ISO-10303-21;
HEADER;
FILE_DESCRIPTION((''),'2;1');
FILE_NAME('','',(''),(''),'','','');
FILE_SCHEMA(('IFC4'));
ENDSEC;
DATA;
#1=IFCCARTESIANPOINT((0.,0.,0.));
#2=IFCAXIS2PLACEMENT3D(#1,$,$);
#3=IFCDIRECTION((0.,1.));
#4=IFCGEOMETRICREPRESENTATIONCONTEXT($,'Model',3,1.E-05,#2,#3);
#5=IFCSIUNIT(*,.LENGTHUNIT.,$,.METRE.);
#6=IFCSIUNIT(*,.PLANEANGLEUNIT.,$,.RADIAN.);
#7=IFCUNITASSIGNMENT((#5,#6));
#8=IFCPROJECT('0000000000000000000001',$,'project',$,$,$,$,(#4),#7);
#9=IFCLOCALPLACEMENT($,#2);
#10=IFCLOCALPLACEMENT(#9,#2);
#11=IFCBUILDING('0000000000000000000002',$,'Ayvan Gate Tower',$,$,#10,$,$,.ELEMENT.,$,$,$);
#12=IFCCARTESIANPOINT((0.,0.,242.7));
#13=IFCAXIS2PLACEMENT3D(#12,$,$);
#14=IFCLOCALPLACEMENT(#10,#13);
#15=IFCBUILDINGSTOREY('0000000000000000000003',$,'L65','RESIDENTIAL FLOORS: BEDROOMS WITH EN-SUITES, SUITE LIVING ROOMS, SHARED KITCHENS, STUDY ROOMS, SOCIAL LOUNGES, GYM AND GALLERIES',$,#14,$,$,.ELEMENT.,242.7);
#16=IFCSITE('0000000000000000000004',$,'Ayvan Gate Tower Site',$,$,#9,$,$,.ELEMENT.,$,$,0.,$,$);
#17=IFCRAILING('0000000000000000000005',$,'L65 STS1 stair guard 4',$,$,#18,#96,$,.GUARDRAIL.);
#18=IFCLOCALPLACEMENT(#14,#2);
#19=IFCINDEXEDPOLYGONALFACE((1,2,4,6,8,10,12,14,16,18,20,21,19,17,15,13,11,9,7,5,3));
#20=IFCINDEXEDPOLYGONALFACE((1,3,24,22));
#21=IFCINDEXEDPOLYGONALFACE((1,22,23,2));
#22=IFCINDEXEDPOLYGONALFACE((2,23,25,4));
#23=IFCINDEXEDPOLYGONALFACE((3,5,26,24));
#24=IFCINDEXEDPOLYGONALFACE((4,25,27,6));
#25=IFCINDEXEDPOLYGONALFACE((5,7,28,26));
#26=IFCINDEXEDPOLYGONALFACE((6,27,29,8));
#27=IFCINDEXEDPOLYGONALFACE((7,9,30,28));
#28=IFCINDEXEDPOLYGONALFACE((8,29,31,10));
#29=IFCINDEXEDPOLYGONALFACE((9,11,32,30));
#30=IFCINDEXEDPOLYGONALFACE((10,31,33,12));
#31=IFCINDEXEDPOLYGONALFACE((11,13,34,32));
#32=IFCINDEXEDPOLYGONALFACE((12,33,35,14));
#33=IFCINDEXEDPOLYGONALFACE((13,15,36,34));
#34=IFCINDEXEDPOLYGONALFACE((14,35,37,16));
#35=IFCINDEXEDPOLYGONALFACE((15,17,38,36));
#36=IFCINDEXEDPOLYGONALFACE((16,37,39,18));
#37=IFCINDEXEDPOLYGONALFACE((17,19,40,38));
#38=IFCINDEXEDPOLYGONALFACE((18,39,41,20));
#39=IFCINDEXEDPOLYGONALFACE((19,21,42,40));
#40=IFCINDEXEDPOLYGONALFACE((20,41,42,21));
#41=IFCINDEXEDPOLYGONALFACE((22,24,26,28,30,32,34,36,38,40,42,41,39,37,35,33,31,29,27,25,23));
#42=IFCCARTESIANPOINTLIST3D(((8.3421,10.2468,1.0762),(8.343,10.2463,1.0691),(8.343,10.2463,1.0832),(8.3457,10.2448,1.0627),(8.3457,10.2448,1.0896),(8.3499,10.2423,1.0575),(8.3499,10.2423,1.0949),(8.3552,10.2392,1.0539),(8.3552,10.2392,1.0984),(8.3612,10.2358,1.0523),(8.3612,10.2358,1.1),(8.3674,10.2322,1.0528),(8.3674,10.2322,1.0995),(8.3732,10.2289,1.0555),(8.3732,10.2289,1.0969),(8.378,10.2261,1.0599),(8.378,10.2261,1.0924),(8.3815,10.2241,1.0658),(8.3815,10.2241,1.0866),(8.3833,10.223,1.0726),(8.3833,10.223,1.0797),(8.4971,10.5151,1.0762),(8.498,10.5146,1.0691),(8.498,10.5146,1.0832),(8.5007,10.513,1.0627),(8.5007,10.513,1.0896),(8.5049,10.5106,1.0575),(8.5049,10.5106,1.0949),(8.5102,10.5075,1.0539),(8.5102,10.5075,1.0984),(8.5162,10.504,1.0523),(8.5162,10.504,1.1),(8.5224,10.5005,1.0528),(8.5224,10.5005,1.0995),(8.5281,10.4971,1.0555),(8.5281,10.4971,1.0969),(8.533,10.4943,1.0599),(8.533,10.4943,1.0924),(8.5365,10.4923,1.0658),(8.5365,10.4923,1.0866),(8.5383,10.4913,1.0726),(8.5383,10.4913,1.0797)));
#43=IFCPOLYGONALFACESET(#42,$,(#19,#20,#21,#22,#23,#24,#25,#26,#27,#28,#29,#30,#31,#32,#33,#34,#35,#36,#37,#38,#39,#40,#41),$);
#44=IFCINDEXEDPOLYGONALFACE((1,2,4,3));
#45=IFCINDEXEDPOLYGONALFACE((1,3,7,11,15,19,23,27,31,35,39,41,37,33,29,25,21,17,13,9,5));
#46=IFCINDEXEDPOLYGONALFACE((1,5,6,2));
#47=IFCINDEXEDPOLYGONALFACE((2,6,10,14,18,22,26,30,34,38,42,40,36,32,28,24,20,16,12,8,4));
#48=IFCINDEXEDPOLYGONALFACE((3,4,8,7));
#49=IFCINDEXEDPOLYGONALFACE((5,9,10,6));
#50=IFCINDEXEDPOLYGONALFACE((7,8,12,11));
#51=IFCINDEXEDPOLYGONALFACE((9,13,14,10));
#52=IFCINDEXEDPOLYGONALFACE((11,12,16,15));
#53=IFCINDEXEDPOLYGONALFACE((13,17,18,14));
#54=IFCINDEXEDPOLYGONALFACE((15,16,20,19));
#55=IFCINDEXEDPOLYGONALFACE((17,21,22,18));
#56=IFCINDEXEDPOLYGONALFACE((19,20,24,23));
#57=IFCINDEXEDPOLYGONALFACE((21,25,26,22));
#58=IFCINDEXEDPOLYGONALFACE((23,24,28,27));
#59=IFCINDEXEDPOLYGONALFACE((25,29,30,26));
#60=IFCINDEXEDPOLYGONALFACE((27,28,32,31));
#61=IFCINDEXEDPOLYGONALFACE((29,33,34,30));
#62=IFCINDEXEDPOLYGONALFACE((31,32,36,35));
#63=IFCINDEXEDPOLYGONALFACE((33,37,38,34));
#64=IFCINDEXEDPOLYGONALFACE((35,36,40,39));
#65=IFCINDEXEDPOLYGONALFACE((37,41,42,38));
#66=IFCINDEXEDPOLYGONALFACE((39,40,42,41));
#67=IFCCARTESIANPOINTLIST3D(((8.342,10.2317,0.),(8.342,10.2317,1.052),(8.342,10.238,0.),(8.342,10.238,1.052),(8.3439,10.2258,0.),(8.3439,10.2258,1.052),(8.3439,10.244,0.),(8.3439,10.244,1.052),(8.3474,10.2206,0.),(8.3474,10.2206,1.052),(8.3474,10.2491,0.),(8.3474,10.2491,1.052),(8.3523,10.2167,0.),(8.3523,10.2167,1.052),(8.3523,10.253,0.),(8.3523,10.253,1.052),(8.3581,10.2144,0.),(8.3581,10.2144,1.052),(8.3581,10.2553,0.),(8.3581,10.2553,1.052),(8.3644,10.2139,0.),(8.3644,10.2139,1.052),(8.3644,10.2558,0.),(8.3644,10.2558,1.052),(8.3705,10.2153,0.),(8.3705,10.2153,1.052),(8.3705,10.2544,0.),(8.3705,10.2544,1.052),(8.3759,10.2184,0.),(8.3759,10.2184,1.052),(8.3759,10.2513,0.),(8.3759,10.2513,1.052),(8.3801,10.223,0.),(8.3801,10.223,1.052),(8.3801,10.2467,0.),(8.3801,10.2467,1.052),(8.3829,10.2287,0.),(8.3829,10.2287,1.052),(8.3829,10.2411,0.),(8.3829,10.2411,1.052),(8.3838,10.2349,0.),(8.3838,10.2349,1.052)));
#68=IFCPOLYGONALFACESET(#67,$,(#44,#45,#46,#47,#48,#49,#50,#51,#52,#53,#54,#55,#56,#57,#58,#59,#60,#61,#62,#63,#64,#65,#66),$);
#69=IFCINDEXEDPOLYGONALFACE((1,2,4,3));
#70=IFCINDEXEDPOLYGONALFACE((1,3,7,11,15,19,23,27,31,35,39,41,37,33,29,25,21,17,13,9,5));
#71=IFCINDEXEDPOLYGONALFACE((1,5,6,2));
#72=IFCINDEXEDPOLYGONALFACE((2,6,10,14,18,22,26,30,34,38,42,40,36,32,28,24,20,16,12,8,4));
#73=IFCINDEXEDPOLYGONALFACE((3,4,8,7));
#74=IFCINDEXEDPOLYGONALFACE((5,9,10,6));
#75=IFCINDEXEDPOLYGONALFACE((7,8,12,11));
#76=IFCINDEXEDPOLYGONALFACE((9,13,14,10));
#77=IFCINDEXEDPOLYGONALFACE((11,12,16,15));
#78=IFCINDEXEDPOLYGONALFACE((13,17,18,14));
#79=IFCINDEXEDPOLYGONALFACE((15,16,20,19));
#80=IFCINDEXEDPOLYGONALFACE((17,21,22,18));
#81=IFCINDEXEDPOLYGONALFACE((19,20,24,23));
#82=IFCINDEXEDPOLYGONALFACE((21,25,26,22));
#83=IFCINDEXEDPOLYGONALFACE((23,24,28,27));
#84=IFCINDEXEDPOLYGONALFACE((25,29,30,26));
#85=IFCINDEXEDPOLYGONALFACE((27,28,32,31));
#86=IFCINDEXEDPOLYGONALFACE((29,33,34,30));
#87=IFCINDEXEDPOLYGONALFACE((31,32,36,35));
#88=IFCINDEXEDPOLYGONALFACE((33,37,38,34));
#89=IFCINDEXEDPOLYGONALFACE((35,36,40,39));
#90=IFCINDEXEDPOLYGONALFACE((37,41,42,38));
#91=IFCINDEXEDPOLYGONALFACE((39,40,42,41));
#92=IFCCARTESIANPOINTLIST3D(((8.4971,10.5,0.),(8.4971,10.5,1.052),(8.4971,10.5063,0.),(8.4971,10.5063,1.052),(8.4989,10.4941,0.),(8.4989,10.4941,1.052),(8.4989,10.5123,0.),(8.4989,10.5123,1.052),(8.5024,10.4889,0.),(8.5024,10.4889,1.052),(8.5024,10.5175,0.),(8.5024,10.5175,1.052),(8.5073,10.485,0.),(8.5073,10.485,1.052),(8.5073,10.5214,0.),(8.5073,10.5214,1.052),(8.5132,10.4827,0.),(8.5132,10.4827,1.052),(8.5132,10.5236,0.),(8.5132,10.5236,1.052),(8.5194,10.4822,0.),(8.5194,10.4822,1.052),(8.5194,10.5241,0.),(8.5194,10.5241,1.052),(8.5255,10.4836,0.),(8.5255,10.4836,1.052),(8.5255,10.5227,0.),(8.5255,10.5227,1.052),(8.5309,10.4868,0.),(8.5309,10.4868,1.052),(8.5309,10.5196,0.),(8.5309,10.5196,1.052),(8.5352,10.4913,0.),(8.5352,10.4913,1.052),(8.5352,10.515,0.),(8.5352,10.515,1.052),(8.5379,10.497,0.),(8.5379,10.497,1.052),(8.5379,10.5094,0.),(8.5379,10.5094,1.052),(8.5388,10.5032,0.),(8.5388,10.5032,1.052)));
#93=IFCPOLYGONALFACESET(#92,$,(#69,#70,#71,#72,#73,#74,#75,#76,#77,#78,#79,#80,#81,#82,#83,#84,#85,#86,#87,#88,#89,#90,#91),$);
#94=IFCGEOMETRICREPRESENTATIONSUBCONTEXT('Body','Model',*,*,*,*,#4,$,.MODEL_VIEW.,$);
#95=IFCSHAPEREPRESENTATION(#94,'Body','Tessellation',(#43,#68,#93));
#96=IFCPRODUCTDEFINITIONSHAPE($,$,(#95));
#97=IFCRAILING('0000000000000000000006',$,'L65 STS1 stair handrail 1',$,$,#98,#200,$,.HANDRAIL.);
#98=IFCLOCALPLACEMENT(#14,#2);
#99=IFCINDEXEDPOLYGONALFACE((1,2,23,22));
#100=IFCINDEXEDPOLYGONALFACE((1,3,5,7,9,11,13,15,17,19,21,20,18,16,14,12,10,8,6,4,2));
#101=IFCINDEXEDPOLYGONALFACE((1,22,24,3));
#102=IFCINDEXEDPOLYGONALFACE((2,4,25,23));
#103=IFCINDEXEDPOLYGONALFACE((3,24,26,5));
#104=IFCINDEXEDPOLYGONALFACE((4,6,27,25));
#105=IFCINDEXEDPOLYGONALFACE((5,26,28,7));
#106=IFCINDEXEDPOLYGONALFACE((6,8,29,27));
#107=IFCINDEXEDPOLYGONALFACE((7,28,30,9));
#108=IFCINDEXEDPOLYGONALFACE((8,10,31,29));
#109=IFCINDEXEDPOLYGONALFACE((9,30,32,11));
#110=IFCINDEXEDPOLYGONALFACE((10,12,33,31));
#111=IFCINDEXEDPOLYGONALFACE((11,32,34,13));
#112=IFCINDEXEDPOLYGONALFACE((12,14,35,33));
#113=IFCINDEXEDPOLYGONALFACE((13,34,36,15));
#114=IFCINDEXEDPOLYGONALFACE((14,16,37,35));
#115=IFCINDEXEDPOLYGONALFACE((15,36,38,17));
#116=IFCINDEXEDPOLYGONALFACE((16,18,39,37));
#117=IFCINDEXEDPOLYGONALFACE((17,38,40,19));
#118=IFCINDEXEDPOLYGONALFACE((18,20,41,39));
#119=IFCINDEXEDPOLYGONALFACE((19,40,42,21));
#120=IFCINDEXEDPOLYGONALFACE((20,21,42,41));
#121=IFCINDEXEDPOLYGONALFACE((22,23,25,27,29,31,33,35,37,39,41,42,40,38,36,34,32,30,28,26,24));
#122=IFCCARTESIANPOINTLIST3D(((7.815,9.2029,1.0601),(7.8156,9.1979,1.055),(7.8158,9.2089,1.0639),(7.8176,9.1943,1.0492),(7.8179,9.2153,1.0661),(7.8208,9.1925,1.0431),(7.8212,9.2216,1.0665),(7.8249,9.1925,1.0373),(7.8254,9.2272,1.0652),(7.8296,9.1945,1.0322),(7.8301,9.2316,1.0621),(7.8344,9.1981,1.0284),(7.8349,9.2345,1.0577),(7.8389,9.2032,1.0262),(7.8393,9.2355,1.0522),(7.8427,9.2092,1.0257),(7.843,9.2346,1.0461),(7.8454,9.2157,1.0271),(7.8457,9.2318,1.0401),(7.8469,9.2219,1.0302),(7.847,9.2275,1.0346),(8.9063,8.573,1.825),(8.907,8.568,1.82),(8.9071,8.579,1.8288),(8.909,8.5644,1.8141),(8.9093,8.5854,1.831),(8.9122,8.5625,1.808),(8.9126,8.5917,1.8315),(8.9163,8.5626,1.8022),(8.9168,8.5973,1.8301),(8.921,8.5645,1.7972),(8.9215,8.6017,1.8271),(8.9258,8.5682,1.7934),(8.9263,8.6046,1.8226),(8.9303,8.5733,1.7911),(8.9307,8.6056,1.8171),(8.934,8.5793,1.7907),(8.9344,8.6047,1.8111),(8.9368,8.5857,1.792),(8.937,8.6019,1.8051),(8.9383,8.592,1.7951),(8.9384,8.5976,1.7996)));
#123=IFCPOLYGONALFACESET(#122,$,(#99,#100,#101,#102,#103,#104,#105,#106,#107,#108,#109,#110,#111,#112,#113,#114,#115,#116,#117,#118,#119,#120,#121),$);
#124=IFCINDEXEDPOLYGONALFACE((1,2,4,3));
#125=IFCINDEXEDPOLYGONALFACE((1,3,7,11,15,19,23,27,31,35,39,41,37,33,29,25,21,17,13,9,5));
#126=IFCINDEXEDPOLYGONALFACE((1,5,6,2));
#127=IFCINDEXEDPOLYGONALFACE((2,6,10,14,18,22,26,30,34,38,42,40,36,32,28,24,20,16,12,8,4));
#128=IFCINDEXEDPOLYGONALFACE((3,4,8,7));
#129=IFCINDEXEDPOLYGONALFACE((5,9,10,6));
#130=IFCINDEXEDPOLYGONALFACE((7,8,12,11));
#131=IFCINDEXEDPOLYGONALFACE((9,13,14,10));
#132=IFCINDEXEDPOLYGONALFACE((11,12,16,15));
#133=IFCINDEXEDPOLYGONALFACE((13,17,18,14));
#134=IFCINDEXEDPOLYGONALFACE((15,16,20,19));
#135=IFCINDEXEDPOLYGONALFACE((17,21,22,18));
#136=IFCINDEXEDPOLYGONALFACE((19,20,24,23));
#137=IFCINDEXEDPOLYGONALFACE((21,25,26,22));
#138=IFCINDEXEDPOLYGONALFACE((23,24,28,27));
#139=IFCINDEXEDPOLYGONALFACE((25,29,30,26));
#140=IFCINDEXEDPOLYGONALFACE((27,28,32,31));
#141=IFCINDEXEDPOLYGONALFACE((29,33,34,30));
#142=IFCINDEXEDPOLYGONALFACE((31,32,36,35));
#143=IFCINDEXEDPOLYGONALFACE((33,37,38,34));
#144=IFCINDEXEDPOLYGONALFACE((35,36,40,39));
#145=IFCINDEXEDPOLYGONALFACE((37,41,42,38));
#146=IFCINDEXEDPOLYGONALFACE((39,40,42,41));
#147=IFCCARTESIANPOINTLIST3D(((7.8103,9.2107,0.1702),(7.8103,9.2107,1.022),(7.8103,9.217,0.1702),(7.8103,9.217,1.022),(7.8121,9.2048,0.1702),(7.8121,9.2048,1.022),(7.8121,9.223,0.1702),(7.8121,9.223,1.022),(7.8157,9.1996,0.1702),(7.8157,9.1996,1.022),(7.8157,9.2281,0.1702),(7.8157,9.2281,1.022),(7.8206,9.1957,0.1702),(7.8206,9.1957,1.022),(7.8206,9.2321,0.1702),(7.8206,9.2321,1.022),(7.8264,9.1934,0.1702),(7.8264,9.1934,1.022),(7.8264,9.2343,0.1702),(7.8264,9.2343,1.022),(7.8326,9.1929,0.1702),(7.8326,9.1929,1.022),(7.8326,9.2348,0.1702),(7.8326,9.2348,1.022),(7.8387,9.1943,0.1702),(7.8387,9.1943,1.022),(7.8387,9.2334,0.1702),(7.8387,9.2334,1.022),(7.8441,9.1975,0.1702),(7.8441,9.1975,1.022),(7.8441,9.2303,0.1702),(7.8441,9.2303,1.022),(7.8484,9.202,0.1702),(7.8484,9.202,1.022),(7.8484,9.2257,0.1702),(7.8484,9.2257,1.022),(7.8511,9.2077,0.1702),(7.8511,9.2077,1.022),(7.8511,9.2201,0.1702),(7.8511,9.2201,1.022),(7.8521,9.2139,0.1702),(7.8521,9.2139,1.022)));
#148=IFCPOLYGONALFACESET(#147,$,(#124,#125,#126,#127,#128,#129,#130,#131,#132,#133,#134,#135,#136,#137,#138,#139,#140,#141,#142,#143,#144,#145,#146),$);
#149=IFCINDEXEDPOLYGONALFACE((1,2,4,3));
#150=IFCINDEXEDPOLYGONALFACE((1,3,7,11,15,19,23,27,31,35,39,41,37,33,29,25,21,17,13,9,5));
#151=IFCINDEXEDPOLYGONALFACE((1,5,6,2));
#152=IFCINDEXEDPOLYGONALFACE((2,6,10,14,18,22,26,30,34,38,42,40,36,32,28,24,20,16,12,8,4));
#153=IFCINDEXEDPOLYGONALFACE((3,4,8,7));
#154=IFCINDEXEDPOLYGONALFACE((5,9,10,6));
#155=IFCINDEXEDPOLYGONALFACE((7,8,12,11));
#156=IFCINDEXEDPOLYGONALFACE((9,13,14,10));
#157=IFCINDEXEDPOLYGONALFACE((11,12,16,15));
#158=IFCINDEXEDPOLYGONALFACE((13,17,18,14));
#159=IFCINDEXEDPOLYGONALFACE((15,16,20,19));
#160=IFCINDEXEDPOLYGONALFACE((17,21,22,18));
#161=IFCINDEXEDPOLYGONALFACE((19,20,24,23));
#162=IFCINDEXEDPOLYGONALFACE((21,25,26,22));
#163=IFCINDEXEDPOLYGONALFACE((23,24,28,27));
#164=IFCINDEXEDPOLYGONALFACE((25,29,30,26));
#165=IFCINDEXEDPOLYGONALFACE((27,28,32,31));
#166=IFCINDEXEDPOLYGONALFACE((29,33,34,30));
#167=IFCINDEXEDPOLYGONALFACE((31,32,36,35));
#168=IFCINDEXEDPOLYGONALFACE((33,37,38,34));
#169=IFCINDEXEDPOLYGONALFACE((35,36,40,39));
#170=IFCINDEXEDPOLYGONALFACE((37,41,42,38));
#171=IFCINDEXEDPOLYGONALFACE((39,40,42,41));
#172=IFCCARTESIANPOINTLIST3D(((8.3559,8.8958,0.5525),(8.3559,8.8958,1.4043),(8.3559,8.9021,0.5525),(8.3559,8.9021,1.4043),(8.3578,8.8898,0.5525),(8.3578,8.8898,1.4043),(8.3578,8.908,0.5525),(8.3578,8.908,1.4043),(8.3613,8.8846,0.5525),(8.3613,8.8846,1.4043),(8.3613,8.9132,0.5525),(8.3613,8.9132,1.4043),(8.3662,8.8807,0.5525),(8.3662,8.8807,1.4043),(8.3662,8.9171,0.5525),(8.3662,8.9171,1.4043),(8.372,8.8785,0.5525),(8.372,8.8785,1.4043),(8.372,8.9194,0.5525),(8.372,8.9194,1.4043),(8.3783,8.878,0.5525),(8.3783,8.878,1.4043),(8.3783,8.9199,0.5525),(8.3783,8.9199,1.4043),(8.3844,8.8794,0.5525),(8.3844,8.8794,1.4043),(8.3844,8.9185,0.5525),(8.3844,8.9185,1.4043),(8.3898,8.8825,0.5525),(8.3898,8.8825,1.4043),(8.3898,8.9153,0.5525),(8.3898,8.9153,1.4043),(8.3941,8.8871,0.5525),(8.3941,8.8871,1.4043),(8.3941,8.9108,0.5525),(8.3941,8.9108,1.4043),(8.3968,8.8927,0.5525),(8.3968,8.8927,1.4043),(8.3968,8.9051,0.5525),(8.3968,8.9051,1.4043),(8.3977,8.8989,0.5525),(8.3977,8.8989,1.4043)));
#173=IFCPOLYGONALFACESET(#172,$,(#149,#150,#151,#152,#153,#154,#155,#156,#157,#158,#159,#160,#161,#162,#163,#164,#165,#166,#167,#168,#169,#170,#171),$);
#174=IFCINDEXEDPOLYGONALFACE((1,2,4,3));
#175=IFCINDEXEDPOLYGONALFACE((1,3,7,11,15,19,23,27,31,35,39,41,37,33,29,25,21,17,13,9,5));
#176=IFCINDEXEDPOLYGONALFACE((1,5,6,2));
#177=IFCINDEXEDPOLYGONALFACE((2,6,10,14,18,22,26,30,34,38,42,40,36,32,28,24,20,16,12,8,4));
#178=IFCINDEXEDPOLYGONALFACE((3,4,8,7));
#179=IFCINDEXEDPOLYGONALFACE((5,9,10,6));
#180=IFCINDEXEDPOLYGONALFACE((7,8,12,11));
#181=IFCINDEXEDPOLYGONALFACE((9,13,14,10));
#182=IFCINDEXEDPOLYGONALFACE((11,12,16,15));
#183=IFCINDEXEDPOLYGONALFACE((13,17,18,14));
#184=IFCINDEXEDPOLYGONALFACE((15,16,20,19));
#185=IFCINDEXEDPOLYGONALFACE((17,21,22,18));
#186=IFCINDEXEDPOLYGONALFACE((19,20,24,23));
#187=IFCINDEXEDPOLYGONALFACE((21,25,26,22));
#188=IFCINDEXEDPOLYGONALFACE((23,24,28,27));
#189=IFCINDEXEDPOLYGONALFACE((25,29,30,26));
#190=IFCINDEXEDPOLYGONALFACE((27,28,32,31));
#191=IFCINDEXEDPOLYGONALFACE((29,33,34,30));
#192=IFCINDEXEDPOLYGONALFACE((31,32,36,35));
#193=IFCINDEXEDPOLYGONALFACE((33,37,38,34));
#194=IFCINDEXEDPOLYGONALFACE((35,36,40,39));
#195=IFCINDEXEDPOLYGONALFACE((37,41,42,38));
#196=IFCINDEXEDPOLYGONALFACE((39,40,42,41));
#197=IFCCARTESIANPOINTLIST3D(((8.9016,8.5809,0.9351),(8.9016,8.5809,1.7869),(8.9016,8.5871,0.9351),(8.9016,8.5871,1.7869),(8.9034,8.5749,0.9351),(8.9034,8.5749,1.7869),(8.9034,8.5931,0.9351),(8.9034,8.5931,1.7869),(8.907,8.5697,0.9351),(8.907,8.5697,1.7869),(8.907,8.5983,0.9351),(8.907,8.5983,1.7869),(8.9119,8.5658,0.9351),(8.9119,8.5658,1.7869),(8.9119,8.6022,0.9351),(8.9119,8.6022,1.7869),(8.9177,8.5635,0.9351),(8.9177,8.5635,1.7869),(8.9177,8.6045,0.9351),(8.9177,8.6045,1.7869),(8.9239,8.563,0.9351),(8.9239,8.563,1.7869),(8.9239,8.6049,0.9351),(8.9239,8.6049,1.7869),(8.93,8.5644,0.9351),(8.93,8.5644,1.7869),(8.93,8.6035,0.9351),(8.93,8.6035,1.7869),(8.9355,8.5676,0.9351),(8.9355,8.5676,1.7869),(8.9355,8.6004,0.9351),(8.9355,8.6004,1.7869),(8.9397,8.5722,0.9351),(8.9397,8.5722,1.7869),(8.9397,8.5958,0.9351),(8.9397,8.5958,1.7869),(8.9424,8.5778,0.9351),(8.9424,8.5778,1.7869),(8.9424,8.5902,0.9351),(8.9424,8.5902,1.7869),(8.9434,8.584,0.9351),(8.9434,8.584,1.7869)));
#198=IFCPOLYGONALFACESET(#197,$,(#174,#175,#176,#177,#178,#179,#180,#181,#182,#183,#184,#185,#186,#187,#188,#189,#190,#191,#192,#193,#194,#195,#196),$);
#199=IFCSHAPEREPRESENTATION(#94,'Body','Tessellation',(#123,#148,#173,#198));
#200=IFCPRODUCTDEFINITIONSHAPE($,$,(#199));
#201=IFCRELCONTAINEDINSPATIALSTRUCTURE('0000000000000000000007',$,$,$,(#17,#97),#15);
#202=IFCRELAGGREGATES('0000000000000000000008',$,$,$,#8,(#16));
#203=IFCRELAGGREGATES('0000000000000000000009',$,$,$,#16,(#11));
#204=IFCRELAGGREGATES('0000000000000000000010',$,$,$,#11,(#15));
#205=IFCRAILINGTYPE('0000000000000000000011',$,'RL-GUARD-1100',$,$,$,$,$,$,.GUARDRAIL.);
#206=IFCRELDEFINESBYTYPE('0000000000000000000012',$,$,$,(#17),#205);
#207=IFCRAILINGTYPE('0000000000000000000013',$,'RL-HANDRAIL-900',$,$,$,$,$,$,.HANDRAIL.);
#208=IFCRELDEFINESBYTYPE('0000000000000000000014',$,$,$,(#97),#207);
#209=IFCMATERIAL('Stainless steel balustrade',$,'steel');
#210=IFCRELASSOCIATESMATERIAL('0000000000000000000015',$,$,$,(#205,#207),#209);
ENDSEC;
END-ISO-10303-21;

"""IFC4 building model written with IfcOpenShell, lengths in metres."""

from ifc_helpers import new_model, si_unit, direction, frame, origin, origin_2d, place, context, subcontext, project, spatial, circle, extrude, material, type_object, element, save


model = new_model("IFC4")

# Units and contexts
model_context = context("Model", 3, precision=1e-05, world=origin(), true_north=direction((0.0, 1.0)))
body_context = subcontext(model_context, "Body", "Model", "MODEL_VIEW")
ifc_project = project(units=[si_unit("LENGTHUNIT", "METRE"), si_unit("PLANEANGLEUNIT", "RADIAN")], contexts=[model_context])

# Site, building, storey
site_placement = place(None, origin())
site = spatial("IfcSite", under=ifc_project, at=site_placement, Name="Ayvan Gate Tower Site", CompositionType="ELEMENT", RefElevation=0.0)
building_placement = place(site_placement, origin())
building = spatial("IfcBuilding", under=site, at=building_placement, Name="Ayvan Gate Tower", CompositionType="ELEMENT")
storey_placement = place(building_placement, frame((0.0, 0.0, 242.7)))
storey = spatial("IfcBuildingStorey", under=building, at=storey_placement, Name="L65", Description="RESIDENTIAL FLOORS: BEDROOMS WITH EN-SUITES, SUITE LIVING ROOMS, SHARED KITCHENS, STUDY ROOMS, SOCIAL LOUNGES, GYM AND GALLERIES", CompositionType="ELEMENT", Elevation=242.7)

# Railings
ifc_material_1 = material(Name="Stainless steel balustrade", Category="steel")
railing_type_1 = type_object("IfcRailingType", Name="RL-GUARD-1100", PredefinedType="GUARDRAIL", material=ifc_material_1)
railing_1_placement = place(storey_placement, frame((8.3628, 10.2349, 0.0)))
element("IfcRailing", 1, at=railing_1_placement, inside=storey, type_object=railing_type_1, Name="L65 STS1 stair guard 4", PredefinedType="GUARDRAIL", context=body_context, shape_type="SweptSolid", body=[
    extrude(circle(Radius=0.0239, at=origin_2d()), frame((0.0, 0.0, 1.0762), z_axis=(0.500291, 0.865857, 0.0), x_axis=(-0.865857, 0.500291, 0.0)), (0.0, 0.0, 1.0), 0.3098),
    extrude(circle(Radius=0.021, at=origin_2d()), origin(), (0.0, 0.0, 1.0), 1.052),
    extrude(circle(Radius=0.021, at=origin_2d()), frame((0.155, 0.2683, 0.0)), (0.0, 0.0, 1.0), 1.052),
])
railing_type_2 = type_object("IfcRailingType", Name="RL-HANDRAIL-900", PredefinedType="HANDRAIL", material=ifc_material_1)
railing_2_placement = place(storey_placement, frame((7.8311, 9.2139, 0.1702)))
element("IfcRailing", 2, at=railing_2_placement, inside=storey, type_object=railing_type_2, Name="L65 STS1 stair handrail 1", PredefinedType="HANDRAIL", context=body_context, shape_type="SweptSolid", body=[
    extrude(circle(Radius=0.0239, at=origin_2d()), frame((0.0, 0.0, 0.876), z_axis=(0.740357, -0.42732, 0.518912), x_axis=(0.49989, 0.866089, 0.0)), (0.0, 0.0, 1.0), 1.4741),
    extrude(circle(Radius=0.021, at=origin_2d()), origin(), (0.0, 0.0, 1.0), 0.8518),
    extrude(circle(Radius=0.021, at=origin_2d()), frame((0.5457, -0.3149, 0.3823)), (0.0, 0.0, 1.0), 0.8518),
    extrude(circle(Radius=0.021, at=origin_2d()), frame((1.0913, -0.6299, 0.7649)), (0.0, 0.0, 1.0), 0.8518),
])

save(model, "model.ifc")
